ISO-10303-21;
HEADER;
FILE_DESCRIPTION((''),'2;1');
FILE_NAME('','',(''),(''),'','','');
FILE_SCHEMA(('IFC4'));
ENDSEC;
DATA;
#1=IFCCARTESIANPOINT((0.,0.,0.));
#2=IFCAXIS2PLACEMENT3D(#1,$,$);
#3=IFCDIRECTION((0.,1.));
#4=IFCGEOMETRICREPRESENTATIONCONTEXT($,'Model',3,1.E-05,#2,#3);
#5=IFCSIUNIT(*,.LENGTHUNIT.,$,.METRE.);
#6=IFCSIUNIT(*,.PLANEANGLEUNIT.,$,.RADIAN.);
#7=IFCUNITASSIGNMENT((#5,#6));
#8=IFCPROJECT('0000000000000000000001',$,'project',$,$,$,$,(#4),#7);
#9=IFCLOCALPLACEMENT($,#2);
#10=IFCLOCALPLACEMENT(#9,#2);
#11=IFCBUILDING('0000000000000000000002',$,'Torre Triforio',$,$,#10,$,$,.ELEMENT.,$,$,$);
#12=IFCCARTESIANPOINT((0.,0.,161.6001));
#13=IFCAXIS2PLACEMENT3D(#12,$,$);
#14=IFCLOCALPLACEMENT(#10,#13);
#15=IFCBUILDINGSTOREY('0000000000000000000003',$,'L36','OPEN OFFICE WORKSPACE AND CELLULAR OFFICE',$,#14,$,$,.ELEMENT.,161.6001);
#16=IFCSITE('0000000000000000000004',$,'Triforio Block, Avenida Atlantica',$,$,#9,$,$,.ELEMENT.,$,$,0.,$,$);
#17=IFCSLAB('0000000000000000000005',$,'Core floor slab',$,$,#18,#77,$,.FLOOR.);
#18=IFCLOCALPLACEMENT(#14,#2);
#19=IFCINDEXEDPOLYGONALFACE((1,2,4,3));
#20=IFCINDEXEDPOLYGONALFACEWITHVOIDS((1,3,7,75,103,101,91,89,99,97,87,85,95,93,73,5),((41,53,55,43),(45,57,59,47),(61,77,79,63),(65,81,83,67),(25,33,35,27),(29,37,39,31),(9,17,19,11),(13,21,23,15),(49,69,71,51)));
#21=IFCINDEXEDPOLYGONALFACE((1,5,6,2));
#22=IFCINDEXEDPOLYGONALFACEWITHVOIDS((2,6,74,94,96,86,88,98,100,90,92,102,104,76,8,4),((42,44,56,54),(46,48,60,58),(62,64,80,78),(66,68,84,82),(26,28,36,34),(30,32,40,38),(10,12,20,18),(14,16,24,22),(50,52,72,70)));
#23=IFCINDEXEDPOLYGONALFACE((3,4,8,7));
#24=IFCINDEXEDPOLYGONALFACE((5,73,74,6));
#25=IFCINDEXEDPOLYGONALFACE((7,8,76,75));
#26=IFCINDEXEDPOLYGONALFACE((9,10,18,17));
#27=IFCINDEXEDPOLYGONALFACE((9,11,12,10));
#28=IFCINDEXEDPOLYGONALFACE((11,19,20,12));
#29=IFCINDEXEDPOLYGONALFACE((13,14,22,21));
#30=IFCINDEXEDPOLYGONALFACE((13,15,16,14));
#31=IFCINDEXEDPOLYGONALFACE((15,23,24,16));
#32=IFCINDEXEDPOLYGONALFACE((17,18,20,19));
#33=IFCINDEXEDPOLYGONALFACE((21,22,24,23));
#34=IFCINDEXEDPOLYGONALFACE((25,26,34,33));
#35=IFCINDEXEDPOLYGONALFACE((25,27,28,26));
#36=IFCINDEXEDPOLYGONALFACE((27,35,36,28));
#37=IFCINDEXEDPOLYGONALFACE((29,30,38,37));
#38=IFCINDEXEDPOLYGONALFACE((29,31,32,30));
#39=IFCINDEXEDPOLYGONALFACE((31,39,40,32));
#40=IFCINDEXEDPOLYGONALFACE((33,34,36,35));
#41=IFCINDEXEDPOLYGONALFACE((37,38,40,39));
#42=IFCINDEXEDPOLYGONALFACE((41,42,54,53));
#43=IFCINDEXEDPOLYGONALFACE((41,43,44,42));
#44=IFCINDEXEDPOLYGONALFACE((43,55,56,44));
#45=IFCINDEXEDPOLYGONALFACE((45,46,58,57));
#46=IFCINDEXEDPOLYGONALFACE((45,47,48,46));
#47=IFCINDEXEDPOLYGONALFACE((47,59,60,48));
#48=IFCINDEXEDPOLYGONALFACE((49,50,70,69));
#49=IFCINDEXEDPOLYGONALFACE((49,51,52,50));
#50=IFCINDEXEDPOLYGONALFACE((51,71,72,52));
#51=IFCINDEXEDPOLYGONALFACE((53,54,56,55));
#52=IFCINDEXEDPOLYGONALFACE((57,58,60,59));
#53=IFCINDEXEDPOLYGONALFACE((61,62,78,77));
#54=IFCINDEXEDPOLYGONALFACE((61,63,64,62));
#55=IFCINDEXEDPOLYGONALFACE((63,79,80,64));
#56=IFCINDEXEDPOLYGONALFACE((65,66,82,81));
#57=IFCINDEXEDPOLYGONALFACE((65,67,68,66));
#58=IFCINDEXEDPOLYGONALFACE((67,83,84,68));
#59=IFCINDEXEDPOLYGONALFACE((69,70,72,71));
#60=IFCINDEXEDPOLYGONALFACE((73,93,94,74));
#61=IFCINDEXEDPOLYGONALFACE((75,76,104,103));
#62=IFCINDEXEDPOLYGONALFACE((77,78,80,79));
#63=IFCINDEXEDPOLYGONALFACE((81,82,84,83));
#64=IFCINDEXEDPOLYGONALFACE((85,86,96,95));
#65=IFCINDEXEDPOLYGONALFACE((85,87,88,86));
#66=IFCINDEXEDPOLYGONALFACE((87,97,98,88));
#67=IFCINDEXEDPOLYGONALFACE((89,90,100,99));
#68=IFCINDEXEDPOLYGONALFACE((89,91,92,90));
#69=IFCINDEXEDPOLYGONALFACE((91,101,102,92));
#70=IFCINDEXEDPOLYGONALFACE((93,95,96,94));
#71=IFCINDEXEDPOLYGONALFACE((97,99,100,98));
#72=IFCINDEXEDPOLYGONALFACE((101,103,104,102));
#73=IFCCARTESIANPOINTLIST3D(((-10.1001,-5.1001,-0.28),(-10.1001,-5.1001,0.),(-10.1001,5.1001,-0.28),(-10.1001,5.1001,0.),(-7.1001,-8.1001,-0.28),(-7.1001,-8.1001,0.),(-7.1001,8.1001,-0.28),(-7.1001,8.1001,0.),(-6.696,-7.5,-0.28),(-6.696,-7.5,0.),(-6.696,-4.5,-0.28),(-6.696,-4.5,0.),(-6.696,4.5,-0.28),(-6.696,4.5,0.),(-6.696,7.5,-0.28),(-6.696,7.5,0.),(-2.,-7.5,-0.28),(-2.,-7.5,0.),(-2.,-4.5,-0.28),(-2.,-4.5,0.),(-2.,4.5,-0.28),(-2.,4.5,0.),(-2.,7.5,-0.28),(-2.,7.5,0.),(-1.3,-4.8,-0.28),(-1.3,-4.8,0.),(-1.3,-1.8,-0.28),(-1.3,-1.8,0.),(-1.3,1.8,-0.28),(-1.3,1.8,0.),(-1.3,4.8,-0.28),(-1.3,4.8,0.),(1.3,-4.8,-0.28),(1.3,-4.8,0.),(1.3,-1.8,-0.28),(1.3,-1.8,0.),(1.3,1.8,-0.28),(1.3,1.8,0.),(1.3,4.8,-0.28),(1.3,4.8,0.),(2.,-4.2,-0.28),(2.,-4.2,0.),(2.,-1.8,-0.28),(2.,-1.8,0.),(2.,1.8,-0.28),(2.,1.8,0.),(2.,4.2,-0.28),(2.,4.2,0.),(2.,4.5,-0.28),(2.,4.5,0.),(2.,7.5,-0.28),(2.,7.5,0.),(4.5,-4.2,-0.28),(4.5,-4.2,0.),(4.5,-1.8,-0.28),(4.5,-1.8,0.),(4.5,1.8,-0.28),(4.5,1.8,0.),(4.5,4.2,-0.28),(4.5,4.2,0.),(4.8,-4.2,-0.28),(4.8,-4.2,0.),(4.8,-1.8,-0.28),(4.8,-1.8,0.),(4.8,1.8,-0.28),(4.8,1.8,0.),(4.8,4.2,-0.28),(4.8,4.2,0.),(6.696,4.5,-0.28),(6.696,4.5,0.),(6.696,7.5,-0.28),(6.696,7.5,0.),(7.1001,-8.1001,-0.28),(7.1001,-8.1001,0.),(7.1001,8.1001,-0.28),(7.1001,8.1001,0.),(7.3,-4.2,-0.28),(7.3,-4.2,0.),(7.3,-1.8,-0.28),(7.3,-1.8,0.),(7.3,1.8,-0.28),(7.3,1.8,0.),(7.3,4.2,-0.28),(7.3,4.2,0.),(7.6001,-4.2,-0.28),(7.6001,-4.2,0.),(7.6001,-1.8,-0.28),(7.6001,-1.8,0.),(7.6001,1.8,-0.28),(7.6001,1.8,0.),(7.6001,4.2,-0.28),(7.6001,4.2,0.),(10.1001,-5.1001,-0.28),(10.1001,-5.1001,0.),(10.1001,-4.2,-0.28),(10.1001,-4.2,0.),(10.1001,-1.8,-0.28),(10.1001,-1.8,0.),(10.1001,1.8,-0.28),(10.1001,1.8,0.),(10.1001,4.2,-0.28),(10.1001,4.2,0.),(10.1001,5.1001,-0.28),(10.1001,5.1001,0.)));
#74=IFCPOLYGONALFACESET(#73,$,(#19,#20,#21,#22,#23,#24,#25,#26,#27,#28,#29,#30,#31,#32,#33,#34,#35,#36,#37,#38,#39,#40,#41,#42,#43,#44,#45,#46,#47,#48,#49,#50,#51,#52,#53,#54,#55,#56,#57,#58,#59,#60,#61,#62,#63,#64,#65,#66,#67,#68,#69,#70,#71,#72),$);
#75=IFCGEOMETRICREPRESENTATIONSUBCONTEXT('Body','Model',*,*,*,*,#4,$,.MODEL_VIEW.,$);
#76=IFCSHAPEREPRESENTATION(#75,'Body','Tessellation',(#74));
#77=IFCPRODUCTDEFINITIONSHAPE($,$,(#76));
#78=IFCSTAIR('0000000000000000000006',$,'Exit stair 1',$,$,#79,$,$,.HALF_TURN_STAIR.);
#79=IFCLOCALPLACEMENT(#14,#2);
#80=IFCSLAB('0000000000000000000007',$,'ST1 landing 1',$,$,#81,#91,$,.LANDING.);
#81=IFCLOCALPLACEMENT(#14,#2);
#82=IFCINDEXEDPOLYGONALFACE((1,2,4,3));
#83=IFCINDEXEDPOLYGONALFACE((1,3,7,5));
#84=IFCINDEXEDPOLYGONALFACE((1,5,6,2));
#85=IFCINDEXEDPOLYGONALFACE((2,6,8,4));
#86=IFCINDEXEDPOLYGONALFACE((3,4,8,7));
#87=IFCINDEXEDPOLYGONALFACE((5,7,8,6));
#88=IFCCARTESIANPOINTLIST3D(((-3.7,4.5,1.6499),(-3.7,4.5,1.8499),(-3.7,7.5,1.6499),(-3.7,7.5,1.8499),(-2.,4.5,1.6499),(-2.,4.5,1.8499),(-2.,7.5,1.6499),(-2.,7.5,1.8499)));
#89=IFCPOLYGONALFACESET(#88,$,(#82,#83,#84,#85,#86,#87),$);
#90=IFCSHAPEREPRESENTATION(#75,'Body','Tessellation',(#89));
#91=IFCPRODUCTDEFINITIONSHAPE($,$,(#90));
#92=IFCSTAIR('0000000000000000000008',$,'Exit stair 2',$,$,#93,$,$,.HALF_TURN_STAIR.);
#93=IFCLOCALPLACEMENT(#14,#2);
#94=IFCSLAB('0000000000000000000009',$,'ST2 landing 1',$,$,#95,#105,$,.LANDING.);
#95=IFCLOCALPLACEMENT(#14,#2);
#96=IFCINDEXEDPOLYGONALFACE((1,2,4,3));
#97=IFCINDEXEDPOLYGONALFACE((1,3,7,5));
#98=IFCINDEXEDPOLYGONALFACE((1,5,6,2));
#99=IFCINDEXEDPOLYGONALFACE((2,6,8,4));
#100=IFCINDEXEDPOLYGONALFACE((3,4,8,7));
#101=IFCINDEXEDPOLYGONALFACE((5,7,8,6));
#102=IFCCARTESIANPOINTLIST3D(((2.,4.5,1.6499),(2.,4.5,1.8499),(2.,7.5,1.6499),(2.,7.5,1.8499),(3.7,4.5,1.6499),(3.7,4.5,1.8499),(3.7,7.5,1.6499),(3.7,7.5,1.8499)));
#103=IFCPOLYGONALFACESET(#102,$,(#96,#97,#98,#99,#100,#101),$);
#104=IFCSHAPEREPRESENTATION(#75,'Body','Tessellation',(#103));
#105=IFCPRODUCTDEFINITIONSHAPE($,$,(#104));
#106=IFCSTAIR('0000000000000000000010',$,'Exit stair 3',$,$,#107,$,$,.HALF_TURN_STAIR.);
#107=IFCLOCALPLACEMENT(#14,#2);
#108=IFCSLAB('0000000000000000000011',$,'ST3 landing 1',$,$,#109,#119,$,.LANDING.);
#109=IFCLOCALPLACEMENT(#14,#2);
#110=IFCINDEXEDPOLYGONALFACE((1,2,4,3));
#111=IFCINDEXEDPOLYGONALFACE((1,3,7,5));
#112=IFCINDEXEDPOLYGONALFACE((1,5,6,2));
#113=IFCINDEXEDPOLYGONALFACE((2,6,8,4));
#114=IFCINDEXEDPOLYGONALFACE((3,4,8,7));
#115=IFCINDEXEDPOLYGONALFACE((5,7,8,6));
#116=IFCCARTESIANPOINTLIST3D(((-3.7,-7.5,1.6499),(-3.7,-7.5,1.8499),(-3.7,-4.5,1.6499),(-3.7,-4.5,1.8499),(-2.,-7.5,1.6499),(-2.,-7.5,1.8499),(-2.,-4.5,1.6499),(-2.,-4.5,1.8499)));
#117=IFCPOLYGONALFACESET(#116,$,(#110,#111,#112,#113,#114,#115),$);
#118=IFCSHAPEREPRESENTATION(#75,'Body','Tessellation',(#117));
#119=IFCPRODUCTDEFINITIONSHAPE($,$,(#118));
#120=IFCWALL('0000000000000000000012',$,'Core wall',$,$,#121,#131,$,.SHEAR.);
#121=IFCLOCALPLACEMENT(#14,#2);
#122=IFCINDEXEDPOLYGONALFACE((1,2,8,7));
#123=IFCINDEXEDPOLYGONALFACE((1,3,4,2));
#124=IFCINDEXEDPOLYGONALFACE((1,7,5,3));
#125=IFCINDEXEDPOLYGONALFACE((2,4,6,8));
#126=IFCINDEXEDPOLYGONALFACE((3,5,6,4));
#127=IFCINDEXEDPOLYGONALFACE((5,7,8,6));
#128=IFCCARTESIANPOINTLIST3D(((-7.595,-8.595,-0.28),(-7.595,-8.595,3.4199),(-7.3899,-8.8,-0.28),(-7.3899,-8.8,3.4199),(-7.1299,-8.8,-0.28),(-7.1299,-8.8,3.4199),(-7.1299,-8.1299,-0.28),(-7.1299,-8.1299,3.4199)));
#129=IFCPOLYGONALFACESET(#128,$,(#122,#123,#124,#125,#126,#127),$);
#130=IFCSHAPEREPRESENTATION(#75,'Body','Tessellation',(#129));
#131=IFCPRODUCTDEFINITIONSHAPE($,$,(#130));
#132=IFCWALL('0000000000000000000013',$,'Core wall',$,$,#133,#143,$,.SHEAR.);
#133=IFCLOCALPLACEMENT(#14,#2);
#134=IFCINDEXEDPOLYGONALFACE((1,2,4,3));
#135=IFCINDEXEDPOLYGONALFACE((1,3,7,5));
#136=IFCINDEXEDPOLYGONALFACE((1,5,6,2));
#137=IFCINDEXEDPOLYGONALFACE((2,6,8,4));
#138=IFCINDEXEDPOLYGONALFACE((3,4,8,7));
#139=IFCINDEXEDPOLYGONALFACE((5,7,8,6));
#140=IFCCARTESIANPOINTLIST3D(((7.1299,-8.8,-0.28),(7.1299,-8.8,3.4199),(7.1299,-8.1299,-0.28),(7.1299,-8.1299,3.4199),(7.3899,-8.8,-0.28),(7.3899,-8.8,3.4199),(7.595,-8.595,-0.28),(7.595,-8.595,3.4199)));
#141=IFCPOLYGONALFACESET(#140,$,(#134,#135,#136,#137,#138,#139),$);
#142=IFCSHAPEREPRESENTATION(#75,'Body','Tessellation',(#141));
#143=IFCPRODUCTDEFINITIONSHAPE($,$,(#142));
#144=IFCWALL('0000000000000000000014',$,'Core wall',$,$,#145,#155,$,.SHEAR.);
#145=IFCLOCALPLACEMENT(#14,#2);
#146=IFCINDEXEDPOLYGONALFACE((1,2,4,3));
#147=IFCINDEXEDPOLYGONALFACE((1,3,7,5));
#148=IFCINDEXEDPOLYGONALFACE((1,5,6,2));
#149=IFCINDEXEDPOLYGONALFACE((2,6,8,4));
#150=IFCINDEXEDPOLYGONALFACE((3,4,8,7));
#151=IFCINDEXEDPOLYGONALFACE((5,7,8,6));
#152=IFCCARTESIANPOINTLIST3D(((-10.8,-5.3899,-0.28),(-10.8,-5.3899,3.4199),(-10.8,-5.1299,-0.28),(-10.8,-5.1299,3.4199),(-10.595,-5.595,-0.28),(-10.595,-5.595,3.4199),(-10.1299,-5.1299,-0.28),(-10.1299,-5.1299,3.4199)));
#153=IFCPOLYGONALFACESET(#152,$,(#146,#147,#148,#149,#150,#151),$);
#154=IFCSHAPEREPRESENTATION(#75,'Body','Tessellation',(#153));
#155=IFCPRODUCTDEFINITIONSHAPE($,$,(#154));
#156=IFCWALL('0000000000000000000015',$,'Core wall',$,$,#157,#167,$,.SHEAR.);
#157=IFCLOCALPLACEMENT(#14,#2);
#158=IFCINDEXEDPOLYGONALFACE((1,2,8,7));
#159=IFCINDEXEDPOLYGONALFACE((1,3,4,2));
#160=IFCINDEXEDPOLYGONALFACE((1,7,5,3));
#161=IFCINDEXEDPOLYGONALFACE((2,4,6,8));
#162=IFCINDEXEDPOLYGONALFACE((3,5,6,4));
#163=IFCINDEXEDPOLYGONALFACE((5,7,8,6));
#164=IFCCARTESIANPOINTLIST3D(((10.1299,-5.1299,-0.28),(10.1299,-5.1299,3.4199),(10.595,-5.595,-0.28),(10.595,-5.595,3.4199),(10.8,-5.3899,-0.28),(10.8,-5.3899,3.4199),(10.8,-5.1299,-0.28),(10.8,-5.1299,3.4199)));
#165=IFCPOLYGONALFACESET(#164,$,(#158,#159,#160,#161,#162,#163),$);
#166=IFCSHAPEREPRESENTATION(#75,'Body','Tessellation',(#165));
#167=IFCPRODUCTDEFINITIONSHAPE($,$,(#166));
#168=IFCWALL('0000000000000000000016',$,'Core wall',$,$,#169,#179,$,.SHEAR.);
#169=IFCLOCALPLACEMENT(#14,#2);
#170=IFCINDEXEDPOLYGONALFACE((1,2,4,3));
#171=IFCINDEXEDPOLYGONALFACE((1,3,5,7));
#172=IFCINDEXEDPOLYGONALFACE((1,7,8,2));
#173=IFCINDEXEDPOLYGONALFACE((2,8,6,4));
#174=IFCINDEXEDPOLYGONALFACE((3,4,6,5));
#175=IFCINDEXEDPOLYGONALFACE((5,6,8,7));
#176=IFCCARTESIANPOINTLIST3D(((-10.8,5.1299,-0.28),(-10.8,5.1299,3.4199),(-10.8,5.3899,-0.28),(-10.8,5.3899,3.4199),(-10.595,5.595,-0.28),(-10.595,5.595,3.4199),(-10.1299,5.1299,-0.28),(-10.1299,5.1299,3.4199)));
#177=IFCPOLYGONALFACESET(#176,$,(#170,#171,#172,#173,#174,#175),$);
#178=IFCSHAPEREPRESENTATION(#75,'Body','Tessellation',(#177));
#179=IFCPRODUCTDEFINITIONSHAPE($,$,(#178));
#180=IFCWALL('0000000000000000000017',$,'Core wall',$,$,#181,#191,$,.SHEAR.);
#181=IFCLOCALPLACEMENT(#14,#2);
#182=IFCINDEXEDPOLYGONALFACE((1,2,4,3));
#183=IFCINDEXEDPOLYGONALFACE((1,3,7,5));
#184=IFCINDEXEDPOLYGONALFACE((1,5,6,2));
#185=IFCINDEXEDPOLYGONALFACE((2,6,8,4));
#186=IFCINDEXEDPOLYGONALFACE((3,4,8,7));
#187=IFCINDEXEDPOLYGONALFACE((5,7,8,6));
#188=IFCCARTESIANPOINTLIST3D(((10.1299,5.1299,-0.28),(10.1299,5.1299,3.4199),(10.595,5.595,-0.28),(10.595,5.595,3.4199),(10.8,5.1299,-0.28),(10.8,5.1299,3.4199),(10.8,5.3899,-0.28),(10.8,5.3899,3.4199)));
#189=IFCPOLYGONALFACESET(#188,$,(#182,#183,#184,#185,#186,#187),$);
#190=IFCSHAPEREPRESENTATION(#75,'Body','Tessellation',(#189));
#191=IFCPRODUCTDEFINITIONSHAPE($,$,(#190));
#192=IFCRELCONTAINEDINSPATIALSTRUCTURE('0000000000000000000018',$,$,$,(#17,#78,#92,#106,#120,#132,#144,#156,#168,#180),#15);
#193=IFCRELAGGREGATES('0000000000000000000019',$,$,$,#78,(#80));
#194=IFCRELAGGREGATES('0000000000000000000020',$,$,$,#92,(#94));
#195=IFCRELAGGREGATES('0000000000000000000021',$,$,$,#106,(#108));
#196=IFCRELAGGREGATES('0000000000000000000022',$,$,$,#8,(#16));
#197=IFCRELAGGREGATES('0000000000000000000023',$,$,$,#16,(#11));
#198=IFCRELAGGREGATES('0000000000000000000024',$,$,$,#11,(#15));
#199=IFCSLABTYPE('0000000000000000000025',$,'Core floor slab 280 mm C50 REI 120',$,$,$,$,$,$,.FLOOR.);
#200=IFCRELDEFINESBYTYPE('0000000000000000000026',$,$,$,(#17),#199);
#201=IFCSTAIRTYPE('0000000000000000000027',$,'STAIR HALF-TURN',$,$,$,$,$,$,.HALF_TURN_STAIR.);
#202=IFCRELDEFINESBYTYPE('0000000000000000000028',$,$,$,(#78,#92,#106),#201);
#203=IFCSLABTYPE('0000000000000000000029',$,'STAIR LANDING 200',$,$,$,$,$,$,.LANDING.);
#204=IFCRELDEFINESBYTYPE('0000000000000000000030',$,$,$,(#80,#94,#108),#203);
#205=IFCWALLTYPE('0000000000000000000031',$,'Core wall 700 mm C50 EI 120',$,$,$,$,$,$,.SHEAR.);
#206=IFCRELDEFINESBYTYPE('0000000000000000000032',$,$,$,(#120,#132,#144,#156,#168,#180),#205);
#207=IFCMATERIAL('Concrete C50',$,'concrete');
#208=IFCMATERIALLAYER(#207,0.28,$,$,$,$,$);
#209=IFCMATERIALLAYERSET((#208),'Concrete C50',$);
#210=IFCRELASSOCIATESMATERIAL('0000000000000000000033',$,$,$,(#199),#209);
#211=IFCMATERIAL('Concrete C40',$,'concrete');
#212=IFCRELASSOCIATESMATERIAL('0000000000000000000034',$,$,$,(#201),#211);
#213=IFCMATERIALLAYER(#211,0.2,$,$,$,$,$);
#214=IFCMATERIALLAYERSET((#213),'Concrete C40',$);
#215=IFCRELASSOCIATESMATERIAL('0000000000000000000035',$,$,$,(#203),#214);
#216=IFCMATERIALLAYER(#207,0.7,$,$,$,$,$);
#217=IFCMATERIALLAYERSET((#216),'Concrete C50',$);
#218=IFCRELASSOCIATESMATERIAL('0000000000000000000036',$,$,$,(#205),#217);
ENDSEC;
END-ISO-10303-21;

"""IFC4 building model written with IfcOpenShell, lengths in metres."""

from ifc_helpers import new_model, si_unit, direction, frame, origin, place, context, subcontext, project, spatial, polyline, outline, extrude, material, layer, layer_set, type_object, element, aggregate, save


model = new_model("IFC4")

# Units and contexts
model_context = context("Model", 3, precision=1e-05, world=origin(), true_north=direction((0.0, 1.0)))
body_context = subcontext(model_context, "Body", "Model", "MODEL_VIEW")
ifc_project = project(units=[si_unit("LENGTHUNIT", "METRE"), si_unit("PLANEANGLEUNIT", "RADIAN")], contexts=[model_context])

# Site, building, storey
site_placement = place(None, origin())
site = spatial("IfcSite", under=ifc_project, at=site_placement, Name="Triforio Block, Avenida Atlantica", CompositionType="ELEMENT", RefElevation=0.0)
building_placement = place(site_placement, origin())
building = spatial("IfcBuilding", under=site, at=building_placement, Name="Torre Triforio", CompositionType="ELEMENT")
storey_placement = place(building_placement, frame((0.0, 0.0, 161.6001)))
storey = spatial("IfcBuildingStorey", under=building, at=storey_placement, Name="L36", Description="OPEN OFFICE WORKSPACE AND CELLULAR OFFICE", CompositionType="ELEMENT", Elevation=161.6001)

# Slab
ifc_material_1 = material(Name="Concrete C50", Category="concrete")
ifc_layer_1 = layer(ifc_material_1, 0.28)
ifc_layer_set_1 = layer_set([ifc_layer_1], Name="Concrete C50")
slab_type_1 = type_object("IfcSlabType", Name="Core floor slab 280 mm C50 REI 120", PredefinedType="FLOOR", material=ifc_layer_set_1)
slab_1_placement = place(storey_placement, frame((0.0, 0.0, -0.28)))
element("IfcSlab", 1, at=slab_1_placement, inside=storey, type_object=slab_type_1, Name="Core floor slab", PredefinedType="FLOOR", context=body_context, shape_type="SweptSolid", body=[
    extrude(outline(polyline([(10.1001, -5.1001), (7.1001, -8.1001), (-7.1001, -8.1001), (-10.1001, -5.1001), (-10.1001, 5.1001), (-7.1001, 8.1001), (7.1001, 8.1001), (10.1001, 5.1001), (10.1001, 4.2), (7.6001, 4.2), (7.6001, 1.8), (10.1001, 1.8), (10.1001, -1.8), (7.6001, -1.8), (7.6001, -4.2), (10.1001, -4.2), (10.1001, -5.1001)]), holes=[polyline([(-6.696, -4.5), (-6.696, -7.5), (-2.0, -7.5), (-2.0, -4.5), (-6.696, -4.5)]), polyline([(-1.3, -1.8), (-1.3, -4.8), (1.3, -4.8), (1.3, -1.8), (-1.3, -1.8)]), polyline([(2.0, -1.8), (2.0, -4.2), (4.5, -4.2), (4.5, -1.8), (2.0, -1.8)]), polyline([(4.5, 4.2), (2.0, 4.2), (2.0, 1.8), (4.5, 1.8), (4.5, 4.2)]), polyline([(1.3, 4.8), (-1.3, 4.8), (-1.3, 1.8), (1.3, 1.8), (1.3, 4.8)]), polyline([(-6.696, 7.5), (-6.696, 4.5), (-2.0, 4.5), (-2.0, 7.5), (-6.696, 7.5)]), polyline([(7.3, -1.8), (4.8, -1.8), (4.8, -4.2), (7.3, -4.2), (7.3, -1.8)]), polyline([(4.8, 4.2), (4.8, 1.8), (7.3, 1.8), (7.3, 4.2), (4.8, 4.2)]), polyline([(6.696, 7.5), (2.0, 7.5), (2.0, 4.5), (6.696, 4.5), (6.696, 7.5)])]), origin(), (0.0, 0.0, 1.0), 0.28),
])

# Stairs, slabs
ifc_material_2 = material(Name="Concrete C40", Category="concrete")
stair_type = type_object("IfcStairType", Name="STAIR HALF-TURN", PredefinedType="HALF_TURN_STAIR", material=ifc_material_2)
stair_1_placement = place(storey_placement, origin())
stair_1 = element("IfcStair", 2, at=stair_1_placement, inside=storey, type_object=stair_type, Name="Exit stair 1", PredefinedType="HALF_TURN_STAIR")
ifc_layer_2 = layer(ifc_material_2, 0.2)
ifc_layer_set_2 = layer_set([ifc_layer_2], Name="Concrete C40")
slab_type_2 = type_object("IfcSlabType", Name="STAIR LANDING 200", PredefinedType="LANDING", material=ifc_layer_set_2)
slab_2_placement = place(storey_placement, frame((0.0, 0.0, 1.6499)))
slab_2 = element("IfcSlab", 3, at=slab_2_placement, type_object=slab_type_2, Name="ST1 landing 1", PredefinedType="LANDING", context=body_context, shape_type="SweptSolid", body=[
    extrude(outline(polyline([(-2.0, 4.5), (-2.0, 7.5), (-3.7, 7.5), (-3.7, 4.5), (-2.0, 4.5)])), origin(), (0.0, 0.0, 1.0), 0.2),
])
aggregate(stair_1, [slab_2])
stair_2_placement = place(storey_placement, origin())
stair_2 = element("IfcStair", 4, at=stair_2_placement, inside=storey, type_object=stair_type, Name="Exit stair 2", PredefinedType="HALF_TURN_STAIR")
slab_3_placement = place(storey_placement, frame((0.0, 0.0, 1.6499)))
slab_3 = element("IfcSlab", 5, at=slab_3_placement, type_object=slab_type_2, Name="ST2 landing 1", PredefinedType="LANDING", context=body_context, shape_type="SweptSolid", body=[
    extrude(outline(polyline([(3.7, 4.5), (3.7, 7.5), (2.0, 7.5), (2.0, 4.5), (3.7, 4.5)])), origin(), (0.0, 0.0, 1.0), 0.2),
])
aggregate(stair_2, [slab_3])
stair_3_placement = place(storey_placement, origin())
stair_3 = element("IfcStair", 6, at=stair_3_placement, inside=storey, type_object=stair_type, Name="Exit stair 3", PredefinedType="HALF_TURN_STAIR")
slab_4_placement = place(storey_placement, frame((0.0, 0.0, 1.6499)))
slab_4 = element("IfcSlab", 7, at=slab_4_placement, type_object=slab_type_2, Name="ST3 landing 1", PredefinedType="LANDING", context=body_context, shape_type="SweptSolid", body=[
    extrude(outline(polyline([(-2.0, -7.5), (-2.0, -4.5), (-3.7, -4.5), (-3.7, -7.5), (-2.0, -7.5)])), origin(), (0.0, 0.0, 1.0), 0.2),
])
aggregate(stair_3, [slab_4])

# Walls
ifc_layer_3 = layer(ifc_material_1, 0.7)
ifc_layer_set_3 = layer_set([ifc_layer_3], Name="Concrete C50")
wall_type_1 = type_object("IfcWallType", Name="Core wall 700 mm C50 EI 120", PredefinedType="SHEAR", material=ifc_layer_set_3)
wall_1_placement = place(storey_placement, frame((0.0, 0.0, -0.28)))
element("IfcWall", 8, at=wall_1_placement, inside=storey, type_object=wall_type_1, Name="Core wall", PredefinedType="SHEAR", context=body_context, shape_type="SweptSolid", body=[
    extrude(outline(polyline([(-7.3899, -8.8), (-7.595, -8.595), (-7.595, -8.595), (-7.595, -8.595), (-7.1299, -8.1299), (-7.1299, -8.8), (-7.1299, -8.8), (-7.3899, -8.8)])), origin(), (0.0, 0.0, 1.0), 3.7),
])
wall_2_placement = place(storey_placement, frame((0.0, 0.0, -0.28)))
element("IfcWall", 9, at=wall_2_placement, inside=storey, type_object=wall_type_1, Name="Core wall", PredefinedType="SHEAR", context=body_context, shape_type="SweptSolid", body=[
    extrude(outline(polyline([(7.3899, -8.8), (7.1299, -8.8), (7.1299, -8.8), (7.1299, -8.1299), (7.595, -8.595), (7.595, -8.595), (7.595, -8.595), (7.3899, -8.8)])), origin(), (0.0, 0.0, 1.0), 3.7),
])
wall_3_placement = place(storey_placement, frame((0.0, 0.0, -0.28)))
element("IfcWall", 10, at=wall_3_placement, inside=storey, type_object=wall_type_1, Name="Core wall", PredefinedType="SHEAR", context=body_context, shape_type="SweptSolid", body=[
    extrude(outline(polyline([(-10.8, -5.3899), (-10.8, -5.1299), (-10.8, -5.1299), (-10.1299, -5.1299), (-10.595, -5.595), (-10.595, -5.595), (-10.595, -5.595), (-10.8, -5.3899)])), origin(), (0.0, 0.0, 1.0), 3.7),
])
wall_4_placement = place(storey_placement, frame((0.0, 0.0, -0.28)))
element("IfcWall", 11, at=wall_4_placement, inside=storey, type_object=wall_type_1, Name="Core wall", PredefinedType="SHEAR", context=body_context, shape_type="SweptSolid", body=[
    extrude(outline(polyline([(10.8, -5.3899), (10.595, -5.595), (10.595, -5.595), (10.595, -5.595), (10.1299, -5.1299), (10.8, -5.1299), (10.8, -5.1299), (10.8, -5.3899)])), origin(), (0.0, 0.0, 1.0), 3.7),
])
wall_5_placement = place(storey_placement, frame((0.0, 0.0, -0.28)))
element("IfcWall", 12, at=wall_5_placement, inside=storey, type_object=wall_type_1, Name="Core wall", PredefinedType="SHEAR", context=body_context, shape_type="SweptSolid", body=[
    extrude(outline(polyline([(-10.595, 5.595), (-10.595, 5.595), (-10.595, 5.595), (-10.1299, 5.1299), (-10.8, 5.1299), (-10.8, 5.1299), (-10.8, 5.3899), (-10.595, 5.595)])), origin(), (0.0, 0.0, 1.0), 3.7),
])
wall_6_placement = place(storey_placement, frame((0.0, 0.0, -0.28)))
element("IfcWall", 13, at=wall_6_placement, inside=storey, type_object=wall_type_1, Name="Core wall", PredefinedType="SHEAR", context=body_context, shape_type="SweptSolid", body=[
    extrude(outline(polyline([(10.8, 5.3899), (10.8, 5.1299), (10.8, 5.1299), (10.1299, 5.1299), (10.595, 5.595), (10.595, 5.595), (10.595, 5.595), (10.8, 5.3899)])), origin(), (0.0, 0.0, 1.0), 3.7),
])

save(model, "model.ifc")
